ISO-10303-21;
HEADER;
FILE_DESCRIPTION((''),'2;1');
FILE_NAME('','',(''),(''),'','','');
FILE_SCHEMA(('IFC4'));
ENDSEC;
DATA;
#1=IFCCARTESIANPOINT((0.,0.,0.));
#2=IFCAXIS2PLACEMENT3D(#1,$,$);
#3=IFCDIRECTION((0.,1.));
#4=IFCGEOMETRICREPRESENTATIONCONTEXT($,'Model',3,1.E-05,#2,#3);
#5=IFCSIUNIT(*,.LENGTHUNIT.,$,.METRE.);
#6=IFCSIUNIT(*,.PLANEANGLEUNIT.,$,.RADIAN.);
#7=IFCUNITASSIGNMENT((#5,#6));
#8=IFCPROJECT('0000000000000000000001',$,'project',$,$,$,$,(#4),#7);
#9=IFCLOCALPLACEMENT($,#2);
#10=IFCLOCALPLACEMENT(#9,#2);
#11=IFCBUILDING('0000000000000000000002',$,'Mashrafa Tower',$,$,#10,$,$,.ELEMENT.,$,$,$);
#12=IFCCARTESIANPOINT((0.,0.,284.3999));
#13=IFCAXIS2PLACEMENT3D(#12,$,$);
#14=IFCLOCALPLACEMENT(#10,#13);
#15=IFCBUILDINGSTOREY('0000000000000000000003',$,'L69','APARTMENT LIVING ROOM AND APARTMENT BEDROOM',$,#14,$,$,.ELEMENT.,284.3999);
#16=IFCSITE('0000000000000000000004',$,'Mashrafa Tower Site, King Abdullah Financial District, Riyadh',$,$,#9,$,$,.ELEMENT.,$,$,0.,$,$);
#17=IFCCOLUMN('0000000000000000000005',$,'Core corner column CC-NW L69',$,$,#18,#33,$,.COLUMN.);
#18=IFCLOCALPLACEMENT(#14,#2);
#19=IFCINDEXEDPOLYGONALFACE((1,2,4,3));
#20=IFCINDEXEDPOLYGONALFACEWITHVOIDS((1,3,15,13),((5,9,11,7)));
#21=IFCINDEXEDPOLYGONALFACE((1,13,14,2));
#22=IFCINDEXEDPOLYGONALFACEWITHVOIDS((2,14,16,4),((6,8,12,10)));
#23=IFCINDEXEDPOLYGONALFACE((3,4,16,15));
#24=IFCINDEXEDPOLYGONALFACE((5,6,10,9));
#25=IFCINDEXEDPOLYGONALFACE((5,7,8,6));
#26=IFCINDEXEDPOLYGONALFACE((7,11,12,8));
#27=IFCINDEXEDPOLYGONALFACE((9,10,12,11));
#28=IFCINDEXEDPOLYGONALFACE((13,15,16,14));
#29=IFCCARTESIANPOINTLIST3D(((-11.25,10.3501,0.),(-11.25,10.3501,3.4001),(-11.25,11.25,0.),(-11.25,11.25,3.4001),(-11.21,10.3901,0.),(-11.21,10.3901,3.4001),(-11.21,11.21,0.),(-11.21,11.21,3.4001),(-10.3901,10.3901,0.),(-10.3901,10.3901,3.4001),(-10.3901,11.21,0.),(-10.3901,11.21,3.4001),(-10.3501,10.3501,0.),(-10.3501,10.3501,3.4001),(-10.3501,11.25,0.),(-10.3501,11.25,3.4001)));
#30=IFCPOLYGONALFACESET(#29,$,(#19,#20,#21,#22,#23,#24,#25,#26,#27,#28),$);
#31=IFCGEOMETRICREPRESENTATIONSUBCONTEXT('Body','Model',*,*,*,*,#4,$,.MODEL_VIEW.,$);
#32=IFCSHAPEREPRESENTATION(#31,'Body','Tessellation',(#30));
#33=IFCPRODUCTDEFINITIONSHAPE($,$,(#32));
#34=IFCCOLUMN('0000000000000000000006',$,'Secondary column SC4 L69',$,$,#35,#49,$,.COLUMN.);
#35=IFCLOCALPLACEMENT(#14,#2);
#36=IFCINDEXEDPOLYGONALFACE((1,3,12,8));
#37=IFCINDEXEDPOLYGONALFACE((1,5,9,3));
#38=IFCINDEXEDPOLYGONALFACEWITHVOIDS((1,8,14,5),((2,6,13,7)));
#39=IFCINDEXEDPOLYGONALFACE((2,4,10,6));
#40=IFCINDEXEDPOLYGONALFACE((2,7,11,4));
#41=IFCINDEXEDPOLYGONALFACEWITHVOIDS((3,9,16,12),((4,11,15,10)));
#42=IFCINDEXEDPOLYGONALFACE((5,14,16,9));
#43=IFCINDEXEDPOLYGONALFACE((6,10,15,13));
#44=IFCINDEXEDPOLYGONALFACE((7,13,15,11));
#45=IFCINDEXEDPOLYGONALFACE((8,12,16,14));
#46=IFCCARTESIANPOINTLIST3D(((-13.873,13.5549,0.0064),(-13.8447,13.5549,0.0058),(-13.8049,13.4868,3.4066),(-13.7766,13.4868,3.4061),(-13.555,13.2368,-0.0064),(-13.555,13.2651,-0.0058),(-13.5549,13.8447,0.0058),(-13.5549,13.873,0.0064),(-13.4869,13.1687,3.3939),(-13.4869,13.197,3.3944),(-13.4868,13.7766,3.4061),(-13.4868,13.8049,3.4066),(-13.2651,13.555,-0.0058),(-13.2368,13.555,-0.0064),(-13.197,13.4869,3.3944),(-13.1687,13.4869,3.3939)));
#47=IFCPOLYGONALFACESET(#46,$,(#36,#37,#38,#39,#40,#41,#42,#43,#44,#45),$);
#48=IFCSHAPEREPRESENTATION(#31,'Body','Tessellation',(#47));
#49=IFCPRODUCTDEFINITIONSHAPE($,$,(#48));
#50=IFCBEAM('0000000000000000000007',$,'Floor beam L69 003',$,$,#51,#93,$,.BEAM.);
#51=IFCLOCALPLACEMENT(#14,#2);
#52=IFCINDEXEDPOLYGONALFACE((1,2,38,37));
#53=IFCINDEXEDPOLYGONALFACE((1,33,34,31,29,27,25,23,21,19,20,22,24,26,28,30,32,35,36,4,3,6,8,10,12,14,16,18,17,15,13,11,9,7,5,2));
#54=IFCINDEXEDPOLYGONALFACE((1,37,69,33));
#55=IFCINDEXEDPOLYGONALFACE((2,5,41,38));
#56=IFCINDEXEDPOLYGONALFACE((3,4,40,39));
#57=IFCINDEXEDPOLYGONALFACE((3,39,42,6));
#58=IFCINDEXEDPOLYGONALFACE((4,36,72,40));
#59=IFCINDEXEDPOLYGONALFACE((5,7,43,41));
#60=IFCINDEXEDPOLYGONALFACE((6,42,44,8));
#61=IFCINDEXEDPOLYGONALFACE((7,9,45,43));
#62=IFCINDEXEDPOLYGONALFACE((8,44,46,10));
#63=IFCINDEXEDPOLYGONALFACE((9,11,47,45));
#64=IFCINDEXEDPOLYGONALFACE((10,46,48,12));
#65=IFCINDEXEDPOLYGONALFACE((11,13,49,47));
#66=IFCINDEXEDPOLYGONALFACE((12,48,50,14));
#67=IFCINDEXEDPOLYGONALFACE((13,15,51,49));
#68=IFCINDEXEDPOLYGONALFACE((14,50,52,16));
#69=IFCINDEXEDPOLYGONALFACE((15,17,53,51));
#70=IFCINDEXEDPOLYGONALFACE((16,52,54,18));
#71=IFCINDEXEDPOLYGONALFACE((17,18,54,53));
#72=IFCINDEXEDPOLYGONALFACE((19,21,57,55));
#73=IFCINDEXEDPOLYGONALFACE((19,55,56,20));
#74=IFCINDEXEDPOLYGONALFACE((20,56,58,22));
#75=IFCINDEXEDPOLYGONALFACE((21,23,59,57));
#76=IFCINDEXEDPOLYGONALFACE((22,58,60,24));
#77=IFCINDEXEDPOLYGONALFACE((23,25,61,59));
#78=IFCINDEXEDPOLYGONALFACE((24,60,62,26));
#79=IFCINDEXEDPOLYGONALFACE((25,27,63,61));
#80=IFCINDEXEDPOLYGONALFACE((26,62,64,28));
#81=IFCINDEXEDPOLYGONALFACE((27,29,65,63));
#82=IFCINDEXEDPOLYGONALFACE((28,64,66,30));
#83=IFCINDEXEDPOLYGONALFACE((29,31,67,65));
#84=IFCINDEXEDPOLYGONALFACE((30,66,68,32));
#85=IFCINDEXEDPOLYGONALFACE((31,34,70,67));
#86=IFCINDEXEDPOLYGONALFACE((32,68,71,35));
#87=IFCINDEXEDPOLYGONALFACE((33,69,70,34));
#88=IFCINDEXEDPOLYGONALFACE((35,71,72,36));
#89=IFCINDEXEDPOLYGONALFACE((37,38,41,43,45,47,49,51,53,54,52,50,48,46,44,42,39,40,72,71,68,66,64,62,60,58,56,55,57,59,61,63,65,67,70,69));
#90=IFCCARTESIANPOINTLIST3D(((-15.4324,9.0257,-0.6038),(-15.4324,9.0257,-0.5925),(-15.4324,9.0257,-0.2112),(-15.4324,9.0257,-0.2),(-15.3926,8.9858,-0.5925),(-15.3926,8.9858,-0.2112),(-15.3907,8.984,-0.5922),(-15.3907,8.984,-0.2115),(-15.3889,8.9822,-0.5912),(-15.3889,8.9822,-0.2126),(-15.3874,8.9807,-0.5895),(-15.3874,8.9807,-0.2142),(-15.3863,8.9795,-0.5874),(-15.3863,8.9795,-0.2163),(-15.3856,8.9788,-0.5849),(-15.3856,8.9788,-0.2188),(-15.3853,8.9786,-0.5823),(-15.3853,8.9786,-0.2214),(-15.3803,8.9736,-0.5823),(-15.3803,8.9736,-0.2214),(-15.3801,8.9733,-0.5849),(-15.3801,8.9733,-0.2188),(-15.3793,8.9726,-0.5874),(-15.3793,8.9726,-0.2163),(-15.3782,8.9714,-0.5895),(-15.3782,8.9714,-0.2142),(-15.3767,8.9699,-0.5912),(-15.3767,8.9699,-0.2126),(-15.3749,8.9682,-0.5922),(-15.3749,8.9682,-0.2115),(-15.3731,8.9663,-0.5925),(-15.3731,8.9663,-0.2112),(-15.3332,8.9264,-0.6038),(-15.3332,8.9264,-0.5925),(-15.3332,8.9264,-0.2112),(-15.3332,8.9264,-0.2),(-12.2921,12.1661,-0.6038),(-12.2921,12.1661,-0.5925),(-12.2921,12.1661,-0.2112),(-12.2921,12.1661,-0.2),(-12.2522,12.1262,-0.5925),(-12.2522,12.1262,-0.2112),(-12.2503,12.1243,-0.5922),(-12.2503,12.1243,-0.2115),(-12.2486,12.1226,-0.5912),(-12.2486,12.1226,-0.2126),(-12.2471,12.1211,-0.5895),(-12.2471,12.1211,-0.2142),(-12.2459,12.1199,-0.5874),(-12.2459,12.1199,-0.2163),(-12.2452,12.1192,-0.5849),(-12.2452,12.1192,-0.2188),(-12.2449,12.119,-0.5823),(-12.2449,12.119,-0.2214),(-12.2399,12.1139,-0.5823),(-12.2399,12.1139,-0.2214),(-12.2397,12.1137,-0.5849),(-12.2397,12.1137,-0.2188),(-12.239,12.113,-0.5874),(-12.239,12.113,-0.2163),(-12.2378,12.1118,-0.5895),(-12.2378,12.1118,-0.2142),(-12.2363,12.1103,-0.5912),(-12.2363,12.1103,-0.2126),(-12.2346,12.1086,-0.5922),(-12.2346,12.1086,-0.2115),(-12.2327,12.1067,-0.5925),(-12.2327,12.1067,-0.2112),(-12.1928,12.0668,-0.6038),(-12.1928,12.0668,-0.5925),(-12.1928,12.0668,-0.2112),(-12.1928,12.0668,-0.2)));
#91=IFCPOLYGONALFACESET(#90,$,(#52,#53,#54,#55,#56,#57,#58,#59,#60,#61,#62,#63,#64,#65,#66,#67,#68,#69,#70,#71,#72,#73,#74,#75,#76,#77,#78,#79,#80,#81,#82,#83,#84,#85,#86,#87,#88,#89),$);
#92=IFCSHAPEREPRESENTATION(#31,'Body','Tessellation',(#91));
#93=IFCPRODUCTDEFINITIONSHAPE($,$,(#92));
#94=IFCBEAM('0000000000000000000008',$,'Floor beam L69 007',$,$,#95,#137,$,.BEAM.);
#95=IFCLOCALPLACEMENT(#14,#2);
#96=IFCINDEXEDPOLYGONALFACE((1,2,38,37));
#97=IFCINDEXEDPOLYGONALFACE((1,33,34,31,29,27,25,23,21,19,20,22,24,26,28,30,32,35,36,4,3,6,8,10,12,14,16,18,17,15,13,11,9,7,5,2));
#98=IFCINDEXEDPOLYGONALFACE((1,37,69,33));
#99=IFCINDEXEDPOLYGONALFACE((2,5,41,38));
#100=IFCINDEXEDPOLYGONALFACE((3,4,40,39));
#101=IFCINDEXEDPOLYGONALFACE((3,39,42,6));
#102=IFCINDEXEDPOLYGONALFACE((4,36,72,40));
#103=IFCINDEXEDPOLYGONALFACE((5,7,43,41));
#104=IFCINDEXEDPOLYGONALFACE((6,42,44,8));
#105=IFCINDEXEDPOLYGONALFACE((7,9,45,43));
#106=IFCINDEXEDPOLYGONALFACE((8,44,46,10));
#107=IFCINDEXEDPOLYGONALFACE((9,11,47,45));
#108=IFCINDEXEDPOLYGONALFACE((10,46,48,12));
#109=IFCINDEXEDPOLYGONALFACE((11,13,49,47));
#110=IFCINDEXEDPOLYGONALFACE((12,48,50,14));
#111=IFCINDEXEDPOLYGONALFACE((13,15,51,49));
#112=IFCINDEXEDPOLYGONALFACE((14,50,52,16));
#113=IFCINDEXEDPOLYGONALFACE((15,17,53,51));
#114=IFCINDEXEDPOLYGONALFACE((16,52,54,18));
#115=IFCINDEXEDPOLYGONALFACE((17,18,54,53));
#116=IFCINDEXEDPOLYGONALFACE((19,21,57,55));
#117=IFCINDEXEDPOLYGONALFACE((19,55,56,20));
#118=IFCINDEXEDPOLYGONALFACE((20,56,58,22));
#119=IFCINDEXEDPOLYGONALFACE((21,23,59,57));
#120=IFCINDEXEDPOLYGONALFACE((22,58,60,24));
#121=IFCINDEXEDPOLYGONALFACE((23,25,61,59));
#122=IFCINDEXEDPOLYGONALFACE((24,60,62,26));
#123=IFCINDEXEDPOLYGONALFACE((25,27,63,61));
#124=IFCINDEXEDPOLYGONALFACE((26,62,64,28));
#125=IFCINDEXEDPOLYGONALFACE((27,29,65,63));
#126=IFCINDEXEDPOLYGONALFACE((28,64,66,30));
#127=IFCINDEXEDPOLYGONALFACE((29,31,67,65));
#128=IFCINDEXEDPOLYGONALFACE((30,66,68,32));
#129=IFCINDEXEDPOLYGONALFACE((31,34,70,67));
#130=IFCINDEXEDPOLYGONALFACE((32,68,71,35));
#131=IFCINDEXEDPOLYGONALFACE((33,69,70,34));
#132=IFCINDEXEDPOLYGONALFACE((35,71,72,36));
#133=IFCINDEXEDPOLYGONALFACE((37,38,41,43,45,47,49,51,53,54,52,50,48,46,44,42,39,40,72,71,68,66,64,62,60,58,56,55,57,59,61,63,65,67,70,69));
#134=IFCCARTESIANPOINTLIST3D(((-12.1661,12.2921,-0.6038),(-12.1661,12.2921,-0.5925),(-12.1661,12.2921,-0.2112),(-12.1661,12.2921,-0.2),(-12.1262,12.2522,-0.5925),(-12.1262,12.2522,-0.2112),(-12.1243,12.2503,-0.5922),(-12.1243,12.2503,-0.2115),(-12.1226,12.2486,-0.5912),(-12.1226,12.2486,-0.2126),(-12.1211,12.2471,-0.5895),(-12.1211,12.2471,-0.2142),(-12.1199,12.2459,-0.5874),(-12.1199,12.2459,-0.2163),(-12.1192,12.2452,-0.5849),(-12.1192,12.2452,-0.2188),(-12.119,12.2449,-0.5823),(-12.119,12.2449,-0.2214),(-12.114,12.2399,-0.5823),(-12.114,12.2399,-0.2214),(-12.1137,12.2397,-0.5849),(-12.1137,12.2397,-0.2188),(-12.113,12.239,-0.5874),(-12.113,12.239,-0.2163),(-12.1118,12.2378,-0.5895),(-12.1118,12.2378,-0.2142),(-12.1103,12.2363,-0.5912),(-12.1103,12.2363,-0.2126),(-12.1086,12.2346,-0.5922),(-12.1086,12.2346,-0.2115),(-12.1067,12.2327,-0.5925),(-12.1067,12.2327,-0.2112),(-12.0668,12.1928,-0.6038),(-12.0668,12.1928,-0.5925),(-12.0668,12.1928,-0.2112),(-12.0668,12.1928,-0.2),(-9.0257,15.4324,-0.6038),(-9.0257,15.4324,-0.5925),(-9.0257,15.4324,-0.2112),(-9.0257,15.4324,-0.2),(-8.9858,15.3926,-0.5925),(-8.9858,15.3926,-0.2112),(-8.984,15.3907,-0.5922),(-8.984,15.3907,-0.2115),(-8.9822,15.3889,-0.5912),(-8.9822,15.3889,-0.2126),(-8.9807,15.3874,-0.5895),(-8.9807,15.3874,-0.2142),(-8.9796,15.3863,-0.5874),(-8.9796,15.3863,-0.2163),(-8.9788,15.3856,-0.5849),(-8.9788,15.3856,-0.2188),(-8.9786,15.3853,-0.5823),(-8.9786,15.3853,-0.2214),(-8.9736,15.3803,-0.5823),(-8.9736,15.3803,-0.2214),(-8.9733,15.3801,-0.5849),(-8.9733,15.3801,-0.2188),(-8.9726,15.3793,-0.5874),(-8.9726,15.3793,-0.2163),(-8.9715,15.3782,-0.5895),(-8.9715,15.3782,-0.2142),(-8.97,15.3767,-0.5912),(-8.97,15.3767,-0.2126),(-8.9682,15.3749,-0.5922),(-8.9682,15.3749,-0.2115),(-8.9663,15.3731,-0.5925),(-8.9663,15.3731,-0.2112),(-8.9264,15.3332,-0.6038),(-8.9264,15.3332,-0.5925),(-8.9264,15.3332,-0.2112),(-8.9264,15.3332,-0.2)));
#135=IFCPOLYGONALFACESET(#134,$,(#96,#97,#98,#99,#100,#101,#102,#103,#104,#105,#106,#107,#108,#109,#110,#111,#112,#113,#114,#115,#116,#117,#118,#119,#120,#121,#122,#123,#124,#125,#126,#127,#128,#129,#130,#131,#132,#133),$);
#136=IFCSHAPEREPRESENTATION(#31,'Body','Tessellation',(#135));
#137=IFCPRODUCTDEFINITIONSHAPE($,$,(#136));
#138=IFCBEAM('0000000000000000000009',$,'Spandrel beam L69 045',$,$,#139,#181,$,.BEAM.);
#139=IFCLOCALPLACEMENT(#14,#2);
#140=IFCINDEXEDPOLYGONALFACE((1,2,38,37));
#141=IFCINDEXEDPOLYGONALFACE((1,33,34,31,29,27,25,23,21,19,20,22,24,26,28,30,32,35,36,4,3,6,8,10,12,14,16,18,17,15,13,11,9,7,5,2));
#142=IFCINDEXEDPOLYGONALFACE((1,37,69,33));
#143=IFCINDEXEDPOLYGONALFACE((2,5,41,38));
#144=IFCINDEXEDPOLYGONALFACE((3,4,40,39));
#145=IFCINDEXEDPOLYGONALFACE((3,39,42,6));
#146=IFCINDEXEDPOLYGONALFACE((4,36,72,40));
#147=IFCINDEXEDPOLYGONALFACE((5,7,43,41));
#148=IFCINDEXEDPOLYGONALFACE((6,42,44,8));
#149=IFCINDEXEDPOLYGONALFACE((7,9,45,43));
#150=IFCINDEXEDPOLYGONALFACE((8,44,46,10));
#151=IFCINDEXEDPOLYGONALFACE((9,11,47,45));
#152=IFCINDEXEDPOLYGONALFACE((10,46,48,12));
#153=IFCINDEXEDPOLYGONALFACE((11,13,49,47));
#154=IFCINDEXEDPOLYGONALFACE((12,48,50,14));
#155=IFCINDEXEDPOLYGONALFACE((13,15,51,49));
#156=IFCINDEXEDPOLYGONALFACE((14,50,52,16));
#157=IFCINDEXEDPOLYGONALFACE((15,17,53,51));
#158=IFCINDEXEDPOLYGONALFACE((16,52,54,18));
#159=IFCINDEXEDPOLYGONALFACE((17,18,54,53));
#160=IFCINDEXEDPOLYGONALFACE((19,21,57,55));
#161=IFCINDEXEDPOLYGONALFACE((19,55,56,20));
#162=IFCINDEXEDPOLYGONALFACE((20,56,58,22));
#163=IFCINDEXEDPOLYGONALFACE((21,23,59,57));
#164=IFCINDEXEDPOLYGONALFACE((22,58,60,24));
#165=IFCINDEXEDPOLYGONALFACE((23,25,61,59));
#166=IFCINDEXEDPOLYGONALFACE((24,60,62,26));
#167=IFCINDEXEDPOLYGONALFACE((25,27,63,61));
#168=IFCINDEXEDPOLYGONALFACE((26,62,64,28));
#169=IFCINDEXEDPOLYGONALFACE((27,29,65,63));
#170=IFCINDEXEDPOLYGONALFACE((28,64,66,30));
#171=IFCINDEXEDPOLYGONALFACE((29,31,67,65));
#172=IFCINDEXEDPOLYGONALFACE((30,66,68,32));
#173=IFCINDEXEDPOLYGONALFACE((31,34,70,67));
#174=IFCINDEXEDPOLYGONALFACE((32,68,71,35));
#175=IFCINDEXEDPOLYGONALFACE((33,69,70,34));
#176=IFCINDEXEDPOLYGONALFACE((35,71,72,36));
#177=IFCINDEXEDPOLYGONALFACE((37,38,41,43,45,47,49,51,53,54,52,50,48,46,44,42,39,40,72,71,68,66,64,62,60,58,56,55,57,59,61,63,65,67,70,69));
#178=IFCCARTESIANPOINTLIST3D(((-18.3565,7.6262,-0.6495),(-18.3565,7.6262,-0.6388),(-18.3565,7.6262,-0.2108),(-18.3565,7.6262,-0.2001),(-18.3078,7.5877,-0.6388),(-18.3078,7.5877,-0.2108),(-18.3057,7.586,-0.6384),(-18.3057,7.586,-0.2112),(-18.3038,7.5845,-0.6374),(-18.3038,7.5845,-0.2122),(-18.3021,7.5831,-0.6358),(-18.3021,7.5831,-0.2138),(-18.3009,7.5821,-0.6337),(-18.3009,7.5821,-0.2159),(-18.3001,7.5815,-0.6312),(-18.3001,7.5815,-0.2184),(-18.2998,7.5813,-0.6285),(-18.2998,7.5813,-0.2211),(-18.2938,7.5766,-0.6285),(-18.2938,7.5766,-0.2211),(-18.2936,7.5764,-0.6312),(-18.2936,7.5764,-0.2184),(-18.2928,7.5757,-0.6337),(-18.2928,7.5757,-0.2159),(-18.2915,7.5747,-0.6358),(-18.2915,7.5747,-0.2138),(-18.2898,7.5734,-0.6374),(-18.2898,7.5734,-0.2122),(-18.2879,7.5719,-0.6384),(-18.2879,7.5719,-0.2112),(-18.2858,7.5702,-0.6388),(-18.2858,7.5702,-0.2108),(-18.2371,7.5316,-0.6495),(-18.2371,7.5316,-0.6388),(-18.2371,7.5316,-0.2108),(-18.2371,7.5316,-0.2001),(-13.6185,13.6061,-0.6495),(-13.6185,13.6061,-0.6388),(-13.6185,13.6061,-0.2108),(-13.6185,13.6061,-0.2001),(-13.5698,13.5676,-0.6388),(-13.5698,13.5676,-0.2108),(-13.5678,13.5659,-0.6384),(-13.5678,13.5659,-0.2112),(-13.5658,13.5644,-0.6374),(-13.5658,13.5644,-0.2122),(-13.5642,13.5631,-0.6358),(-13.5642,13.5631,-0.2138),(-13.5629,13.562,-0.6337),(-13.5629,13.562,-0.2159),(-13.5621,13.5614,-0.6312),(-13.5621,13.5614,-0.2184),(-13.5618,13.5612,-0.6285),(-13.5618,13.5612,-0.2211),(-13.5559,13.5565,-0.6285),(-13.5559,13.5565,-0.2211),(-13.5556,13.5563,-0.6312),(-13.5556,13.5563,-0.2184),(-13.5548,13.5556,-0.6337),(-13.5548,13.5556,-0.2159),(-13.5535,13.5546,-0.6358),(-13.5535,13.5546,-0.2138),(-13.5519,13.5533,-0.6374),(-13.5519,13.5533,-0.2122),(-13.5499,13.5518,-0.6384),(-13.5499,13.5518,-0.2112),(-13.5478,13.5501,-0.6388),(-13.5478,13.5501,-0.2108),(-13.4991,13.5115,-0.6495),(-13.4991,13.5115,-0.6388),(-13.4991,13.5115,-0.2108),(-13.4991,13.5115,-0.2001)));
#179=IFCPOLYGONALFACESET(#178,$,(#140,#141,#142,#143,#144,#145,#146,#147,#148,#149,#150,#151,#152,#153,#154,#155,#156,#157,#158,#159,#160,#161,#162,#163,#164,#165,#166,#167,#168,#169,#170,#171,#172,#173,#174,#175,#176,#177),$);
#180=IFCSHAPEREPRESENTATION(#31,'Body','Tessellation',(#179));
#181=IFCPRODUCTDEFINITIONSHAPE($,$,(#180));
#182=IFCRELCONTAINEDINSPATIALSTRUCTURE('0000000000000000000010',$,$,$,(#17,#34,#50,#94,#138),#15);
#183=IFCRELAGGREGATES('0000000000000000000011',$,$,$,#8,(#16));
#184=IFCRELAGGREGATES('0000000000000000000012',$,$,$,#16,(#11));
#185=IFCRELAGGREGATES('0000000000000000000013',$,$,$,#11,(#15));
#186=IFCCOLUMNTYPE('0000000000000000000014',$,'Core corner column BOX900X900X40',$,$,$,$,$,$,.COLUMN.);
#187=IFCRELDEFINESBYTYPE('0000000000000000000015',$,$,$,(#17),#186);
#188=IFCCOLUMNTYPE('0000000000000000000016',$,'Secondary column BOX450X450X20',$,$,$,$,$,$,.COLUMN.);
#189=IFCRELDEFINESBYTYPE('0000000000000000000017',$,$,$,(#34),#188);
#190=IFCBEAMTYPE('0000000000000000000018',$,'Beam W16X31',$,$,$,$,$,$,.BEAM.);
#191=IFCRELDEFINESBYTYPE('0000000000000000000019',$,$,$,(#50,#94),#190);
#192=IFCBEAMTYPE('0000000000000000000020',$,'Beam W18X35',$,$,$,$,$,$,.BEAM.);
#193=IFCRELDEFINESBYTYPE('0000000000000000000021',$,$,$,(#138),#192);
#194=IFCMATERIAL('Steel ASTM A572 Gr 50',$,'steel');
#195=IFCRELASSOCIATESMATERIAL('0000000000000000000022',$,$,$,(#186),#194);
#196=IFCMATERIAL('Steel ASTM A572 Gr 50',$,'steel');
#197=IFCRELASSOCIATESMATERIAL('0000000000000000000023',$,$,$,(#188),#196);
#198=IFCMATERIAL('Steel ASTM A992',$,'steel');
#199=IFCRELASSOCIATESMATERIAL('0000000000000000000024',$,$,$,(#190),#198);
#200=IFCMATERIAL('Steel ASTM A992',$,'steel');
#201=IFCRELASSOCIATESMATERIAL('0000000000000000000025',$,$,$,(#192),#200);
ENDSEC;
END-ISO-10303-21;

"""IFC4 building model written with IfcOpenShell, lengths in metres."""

from ifc_helpers import new_model, si_unit, direction, frame, origin, origin_2d, place, context, subcontext, project, spatial, hollow_rectangle, i_section, extrude, material, material_profile, profile_set, type_object, element, save


model = new_model("IFC4")

# Units and contexts
model_context = context("Model", 3, precision=1e-05, world=origin(), true_north=direction((0.0, 1.0)))
body_context = subcontext(model_context, "Body", "Model", "MODEL_VIEW")
ifc_project = project(units=[si_unit("LENGTHUNIT", "METRE"), si_unit("PLANEANGLEUNIT", "RADIAN")], contexts=[model_context])

# Site, building, storey
site_placement = place(None, origin())
site = spatial("IfcSite", under=ifc_project, at=site_placement, Name="Mashrafa Tower Site, King Abdullah Financial District, Riyadh", CompositionType="ELEMENT", RefElevation=0.0)
building_placement = place(site_placement, origin())
building = spatial("IfcBuilding", under=site, at=building_placement, Name="Mashrafa Tower", CompositionType="ELEMENT")
storey_placement = place(building_placement, frame((0.0, 0.0, 284.3999)))
storey = spatial("IfcBuildingStorey", under=building, at=storey_placement, Name="L69", Description="APARTMENT LIVING ROOM AND APARTMENT BEDROOM", CompositionType="ELEMENT", Elevation=284.3999)

# Columns
ifc_material_1 = material(Name="Steel ASTM A572 Gr 50", Category="steel")
ifc_material_profile_1 = material_profile(ifc_material_1, hollow_rectangle(XDim=0.8999, YDim=0.8999, WallThickness=0.04, at=origin_2d()), Name="BOX900X900X40")
ifc_profile_set_1 = profile_set([ifc_material_profile_1], Name="Steel ASTM A572 Gr 50")
column_type_1 = type_object("IfcColumnType", Name="Core corner column BOX900X900X40", PredefinedType="COLUMN", material=ifc_profile_set_1)
column_1_placement = place(storey_placement, frame((-10.8, 10.8, 0.0), z_axis=(0.0, 0.0, 1.0), x_axis=(1.0, 0.0, 0.0)))
element("IfcColumn", 1, at=column_1_placement, inside=storey, type_object=column_type_1, Name="Core corner column CC-NW L69", PredefinedType="COLUMN", context=body_context, shape_type="SweptSolid", body=[
    extrude(hollow_rectangle(XDim=0.8999, YDim=0.8999, WallThickness=0.04, at=origin_2d()), origin(), (0.0, 0.0, 1.0), 3.4001),
])
ifc_material_2 = material(Name="Steel ASTM A572 Gr 50", Category="steel")
ifc_material_profile_2 = material_profile(ifc_material_2, hollow_rectangle(XDim=0.45, YDim=0.45, WallThickness=0.02, at=origin_2d()), Name="BOX450X450X20")
ifc_profile_set_2 = profile_set([ifc_material_profile_2], Name="Steel ASTM A572 Gr 50")
column_type_2 = type_object("IfcColumnType", Name="Secondary column BOX450X450X20", PredefinedType="COLUMN", material=ifc_profile_set_2)
column_2_placement = place(storey_placement, frame((-13.5549, 13.5549, 0.0), z_axis=(0.020025, -0.020025, 0.999599), x_axis=(0.707107, 0.707107, 0.0)))
element("IfcColumn", 2, at=column_2_placement, inside=storey, type_object=column_type_2, Name="Secondary column SC4 L69", PredefinedType="COLUMN", context=body_context, shape_type="SweptSolid", body=[
    extrude(hollow_rectangle(XDim=0.45, YDim=0.45, WallThickness=0.02, at=origin_2d()), origin(), (0.0, 0.0, 1.0), 3.4016),
])

# Beams
ifc_material_3 = material(Name="Steel ASTM A992", Category="steel")
ifc_material_profile_3 = material_profile(ifc_material_3, i_section(OverallWidth=0.1404, OverallDepth=0.4038, WebThickness=0.0071, FlangeThickness=0.0112, FilletRadius=0.0103, at=origin_2d()), Name="W16X31")
ifc_profile_set_3 = profile_set([ifc_material_profile_3], Name="Steel ASTM A992")
beam_type_1 = type_object("IfcBeamType", Name="Beam W16X31", PredefinedType="BEAM", material=ifc_profile_set_3)
for number, where, z_axis, x_axis, name in (
    (3, (-15.3828, 8.9761, -0.4019), (0.707107, 0.707107, 0.0), (-0.707107, 0.707107, 0.0), "Floor beam L69 003"),
    (4, (-12.1165, 12.2424, -0.4019), (0.707107, 0.707107, 0.0), (-0.707107, 0.707107, 0.0), "Floor beam L69 007"),
):
    element("IfcBeam", number, at=place(storey_placement, frame(where, z_axis=z_axis, x_axis=x_axis)), inside=storey, type_object=beam_type_1, Name=name, PredefinedType="BEAM", context=body_context, shape_type="SweptSolid", body=[
        extrude(i_section(OverallWidth=0.1404, OverallDepth=0.4038, WebThickness=0.0071, FlangeThickness=0.0112, FilletRadius=0.0103, at=origin_2d()), origin(), (0.0, 0.0, 1.0), 4.4412),
    ])
ifc_material_4 = material(Name="Steel ASTM A992", Category="steel")
ifc_material_profile_4 = material_profile(ifc_material_4, i_section(OverallWidth=0.1523, OverallDepth=0.4495, WebThickness=0.0076, FlangeThickness=0.0107, FilletRadius=0.0103, at=origin_2d()), Name="W18X35")
ifc_profile_set_4 = profile_set([ifc_material_profile_4], Name="Steel ASTM A992")
beam_type_2 = type_object("IfcBeamType", Name="Beam W18X35", PredefinedType="BEAM", material=ifc_profile_set_4)
beam_placement = place(storey_placement, frame((-13.5588, 13.5588, -0.4248), z_axis=(-0.621016, -0.783798, 0.0), x_axis=(0.783798, -0.621016, 0.0)))
element("IfcBeam", 5, at=beam_placement, inside=storey, type_object=beam_type_2, Name="Spandrel beam L69 045", PredefinedType="BEAM", context=body_context, shape_type="SweptSolid", body=[
    extrude(i_section(OverallWidth=0.1523, OverallDepth=0.4495, WebThickness=0.0076, FlangeThickness=0.0107, FilletRadius=0.0103, at=origin_2d()), origin(), (0.0, 0.0, 1.0), 7.6294),
])

save(model, "model.ifc")
